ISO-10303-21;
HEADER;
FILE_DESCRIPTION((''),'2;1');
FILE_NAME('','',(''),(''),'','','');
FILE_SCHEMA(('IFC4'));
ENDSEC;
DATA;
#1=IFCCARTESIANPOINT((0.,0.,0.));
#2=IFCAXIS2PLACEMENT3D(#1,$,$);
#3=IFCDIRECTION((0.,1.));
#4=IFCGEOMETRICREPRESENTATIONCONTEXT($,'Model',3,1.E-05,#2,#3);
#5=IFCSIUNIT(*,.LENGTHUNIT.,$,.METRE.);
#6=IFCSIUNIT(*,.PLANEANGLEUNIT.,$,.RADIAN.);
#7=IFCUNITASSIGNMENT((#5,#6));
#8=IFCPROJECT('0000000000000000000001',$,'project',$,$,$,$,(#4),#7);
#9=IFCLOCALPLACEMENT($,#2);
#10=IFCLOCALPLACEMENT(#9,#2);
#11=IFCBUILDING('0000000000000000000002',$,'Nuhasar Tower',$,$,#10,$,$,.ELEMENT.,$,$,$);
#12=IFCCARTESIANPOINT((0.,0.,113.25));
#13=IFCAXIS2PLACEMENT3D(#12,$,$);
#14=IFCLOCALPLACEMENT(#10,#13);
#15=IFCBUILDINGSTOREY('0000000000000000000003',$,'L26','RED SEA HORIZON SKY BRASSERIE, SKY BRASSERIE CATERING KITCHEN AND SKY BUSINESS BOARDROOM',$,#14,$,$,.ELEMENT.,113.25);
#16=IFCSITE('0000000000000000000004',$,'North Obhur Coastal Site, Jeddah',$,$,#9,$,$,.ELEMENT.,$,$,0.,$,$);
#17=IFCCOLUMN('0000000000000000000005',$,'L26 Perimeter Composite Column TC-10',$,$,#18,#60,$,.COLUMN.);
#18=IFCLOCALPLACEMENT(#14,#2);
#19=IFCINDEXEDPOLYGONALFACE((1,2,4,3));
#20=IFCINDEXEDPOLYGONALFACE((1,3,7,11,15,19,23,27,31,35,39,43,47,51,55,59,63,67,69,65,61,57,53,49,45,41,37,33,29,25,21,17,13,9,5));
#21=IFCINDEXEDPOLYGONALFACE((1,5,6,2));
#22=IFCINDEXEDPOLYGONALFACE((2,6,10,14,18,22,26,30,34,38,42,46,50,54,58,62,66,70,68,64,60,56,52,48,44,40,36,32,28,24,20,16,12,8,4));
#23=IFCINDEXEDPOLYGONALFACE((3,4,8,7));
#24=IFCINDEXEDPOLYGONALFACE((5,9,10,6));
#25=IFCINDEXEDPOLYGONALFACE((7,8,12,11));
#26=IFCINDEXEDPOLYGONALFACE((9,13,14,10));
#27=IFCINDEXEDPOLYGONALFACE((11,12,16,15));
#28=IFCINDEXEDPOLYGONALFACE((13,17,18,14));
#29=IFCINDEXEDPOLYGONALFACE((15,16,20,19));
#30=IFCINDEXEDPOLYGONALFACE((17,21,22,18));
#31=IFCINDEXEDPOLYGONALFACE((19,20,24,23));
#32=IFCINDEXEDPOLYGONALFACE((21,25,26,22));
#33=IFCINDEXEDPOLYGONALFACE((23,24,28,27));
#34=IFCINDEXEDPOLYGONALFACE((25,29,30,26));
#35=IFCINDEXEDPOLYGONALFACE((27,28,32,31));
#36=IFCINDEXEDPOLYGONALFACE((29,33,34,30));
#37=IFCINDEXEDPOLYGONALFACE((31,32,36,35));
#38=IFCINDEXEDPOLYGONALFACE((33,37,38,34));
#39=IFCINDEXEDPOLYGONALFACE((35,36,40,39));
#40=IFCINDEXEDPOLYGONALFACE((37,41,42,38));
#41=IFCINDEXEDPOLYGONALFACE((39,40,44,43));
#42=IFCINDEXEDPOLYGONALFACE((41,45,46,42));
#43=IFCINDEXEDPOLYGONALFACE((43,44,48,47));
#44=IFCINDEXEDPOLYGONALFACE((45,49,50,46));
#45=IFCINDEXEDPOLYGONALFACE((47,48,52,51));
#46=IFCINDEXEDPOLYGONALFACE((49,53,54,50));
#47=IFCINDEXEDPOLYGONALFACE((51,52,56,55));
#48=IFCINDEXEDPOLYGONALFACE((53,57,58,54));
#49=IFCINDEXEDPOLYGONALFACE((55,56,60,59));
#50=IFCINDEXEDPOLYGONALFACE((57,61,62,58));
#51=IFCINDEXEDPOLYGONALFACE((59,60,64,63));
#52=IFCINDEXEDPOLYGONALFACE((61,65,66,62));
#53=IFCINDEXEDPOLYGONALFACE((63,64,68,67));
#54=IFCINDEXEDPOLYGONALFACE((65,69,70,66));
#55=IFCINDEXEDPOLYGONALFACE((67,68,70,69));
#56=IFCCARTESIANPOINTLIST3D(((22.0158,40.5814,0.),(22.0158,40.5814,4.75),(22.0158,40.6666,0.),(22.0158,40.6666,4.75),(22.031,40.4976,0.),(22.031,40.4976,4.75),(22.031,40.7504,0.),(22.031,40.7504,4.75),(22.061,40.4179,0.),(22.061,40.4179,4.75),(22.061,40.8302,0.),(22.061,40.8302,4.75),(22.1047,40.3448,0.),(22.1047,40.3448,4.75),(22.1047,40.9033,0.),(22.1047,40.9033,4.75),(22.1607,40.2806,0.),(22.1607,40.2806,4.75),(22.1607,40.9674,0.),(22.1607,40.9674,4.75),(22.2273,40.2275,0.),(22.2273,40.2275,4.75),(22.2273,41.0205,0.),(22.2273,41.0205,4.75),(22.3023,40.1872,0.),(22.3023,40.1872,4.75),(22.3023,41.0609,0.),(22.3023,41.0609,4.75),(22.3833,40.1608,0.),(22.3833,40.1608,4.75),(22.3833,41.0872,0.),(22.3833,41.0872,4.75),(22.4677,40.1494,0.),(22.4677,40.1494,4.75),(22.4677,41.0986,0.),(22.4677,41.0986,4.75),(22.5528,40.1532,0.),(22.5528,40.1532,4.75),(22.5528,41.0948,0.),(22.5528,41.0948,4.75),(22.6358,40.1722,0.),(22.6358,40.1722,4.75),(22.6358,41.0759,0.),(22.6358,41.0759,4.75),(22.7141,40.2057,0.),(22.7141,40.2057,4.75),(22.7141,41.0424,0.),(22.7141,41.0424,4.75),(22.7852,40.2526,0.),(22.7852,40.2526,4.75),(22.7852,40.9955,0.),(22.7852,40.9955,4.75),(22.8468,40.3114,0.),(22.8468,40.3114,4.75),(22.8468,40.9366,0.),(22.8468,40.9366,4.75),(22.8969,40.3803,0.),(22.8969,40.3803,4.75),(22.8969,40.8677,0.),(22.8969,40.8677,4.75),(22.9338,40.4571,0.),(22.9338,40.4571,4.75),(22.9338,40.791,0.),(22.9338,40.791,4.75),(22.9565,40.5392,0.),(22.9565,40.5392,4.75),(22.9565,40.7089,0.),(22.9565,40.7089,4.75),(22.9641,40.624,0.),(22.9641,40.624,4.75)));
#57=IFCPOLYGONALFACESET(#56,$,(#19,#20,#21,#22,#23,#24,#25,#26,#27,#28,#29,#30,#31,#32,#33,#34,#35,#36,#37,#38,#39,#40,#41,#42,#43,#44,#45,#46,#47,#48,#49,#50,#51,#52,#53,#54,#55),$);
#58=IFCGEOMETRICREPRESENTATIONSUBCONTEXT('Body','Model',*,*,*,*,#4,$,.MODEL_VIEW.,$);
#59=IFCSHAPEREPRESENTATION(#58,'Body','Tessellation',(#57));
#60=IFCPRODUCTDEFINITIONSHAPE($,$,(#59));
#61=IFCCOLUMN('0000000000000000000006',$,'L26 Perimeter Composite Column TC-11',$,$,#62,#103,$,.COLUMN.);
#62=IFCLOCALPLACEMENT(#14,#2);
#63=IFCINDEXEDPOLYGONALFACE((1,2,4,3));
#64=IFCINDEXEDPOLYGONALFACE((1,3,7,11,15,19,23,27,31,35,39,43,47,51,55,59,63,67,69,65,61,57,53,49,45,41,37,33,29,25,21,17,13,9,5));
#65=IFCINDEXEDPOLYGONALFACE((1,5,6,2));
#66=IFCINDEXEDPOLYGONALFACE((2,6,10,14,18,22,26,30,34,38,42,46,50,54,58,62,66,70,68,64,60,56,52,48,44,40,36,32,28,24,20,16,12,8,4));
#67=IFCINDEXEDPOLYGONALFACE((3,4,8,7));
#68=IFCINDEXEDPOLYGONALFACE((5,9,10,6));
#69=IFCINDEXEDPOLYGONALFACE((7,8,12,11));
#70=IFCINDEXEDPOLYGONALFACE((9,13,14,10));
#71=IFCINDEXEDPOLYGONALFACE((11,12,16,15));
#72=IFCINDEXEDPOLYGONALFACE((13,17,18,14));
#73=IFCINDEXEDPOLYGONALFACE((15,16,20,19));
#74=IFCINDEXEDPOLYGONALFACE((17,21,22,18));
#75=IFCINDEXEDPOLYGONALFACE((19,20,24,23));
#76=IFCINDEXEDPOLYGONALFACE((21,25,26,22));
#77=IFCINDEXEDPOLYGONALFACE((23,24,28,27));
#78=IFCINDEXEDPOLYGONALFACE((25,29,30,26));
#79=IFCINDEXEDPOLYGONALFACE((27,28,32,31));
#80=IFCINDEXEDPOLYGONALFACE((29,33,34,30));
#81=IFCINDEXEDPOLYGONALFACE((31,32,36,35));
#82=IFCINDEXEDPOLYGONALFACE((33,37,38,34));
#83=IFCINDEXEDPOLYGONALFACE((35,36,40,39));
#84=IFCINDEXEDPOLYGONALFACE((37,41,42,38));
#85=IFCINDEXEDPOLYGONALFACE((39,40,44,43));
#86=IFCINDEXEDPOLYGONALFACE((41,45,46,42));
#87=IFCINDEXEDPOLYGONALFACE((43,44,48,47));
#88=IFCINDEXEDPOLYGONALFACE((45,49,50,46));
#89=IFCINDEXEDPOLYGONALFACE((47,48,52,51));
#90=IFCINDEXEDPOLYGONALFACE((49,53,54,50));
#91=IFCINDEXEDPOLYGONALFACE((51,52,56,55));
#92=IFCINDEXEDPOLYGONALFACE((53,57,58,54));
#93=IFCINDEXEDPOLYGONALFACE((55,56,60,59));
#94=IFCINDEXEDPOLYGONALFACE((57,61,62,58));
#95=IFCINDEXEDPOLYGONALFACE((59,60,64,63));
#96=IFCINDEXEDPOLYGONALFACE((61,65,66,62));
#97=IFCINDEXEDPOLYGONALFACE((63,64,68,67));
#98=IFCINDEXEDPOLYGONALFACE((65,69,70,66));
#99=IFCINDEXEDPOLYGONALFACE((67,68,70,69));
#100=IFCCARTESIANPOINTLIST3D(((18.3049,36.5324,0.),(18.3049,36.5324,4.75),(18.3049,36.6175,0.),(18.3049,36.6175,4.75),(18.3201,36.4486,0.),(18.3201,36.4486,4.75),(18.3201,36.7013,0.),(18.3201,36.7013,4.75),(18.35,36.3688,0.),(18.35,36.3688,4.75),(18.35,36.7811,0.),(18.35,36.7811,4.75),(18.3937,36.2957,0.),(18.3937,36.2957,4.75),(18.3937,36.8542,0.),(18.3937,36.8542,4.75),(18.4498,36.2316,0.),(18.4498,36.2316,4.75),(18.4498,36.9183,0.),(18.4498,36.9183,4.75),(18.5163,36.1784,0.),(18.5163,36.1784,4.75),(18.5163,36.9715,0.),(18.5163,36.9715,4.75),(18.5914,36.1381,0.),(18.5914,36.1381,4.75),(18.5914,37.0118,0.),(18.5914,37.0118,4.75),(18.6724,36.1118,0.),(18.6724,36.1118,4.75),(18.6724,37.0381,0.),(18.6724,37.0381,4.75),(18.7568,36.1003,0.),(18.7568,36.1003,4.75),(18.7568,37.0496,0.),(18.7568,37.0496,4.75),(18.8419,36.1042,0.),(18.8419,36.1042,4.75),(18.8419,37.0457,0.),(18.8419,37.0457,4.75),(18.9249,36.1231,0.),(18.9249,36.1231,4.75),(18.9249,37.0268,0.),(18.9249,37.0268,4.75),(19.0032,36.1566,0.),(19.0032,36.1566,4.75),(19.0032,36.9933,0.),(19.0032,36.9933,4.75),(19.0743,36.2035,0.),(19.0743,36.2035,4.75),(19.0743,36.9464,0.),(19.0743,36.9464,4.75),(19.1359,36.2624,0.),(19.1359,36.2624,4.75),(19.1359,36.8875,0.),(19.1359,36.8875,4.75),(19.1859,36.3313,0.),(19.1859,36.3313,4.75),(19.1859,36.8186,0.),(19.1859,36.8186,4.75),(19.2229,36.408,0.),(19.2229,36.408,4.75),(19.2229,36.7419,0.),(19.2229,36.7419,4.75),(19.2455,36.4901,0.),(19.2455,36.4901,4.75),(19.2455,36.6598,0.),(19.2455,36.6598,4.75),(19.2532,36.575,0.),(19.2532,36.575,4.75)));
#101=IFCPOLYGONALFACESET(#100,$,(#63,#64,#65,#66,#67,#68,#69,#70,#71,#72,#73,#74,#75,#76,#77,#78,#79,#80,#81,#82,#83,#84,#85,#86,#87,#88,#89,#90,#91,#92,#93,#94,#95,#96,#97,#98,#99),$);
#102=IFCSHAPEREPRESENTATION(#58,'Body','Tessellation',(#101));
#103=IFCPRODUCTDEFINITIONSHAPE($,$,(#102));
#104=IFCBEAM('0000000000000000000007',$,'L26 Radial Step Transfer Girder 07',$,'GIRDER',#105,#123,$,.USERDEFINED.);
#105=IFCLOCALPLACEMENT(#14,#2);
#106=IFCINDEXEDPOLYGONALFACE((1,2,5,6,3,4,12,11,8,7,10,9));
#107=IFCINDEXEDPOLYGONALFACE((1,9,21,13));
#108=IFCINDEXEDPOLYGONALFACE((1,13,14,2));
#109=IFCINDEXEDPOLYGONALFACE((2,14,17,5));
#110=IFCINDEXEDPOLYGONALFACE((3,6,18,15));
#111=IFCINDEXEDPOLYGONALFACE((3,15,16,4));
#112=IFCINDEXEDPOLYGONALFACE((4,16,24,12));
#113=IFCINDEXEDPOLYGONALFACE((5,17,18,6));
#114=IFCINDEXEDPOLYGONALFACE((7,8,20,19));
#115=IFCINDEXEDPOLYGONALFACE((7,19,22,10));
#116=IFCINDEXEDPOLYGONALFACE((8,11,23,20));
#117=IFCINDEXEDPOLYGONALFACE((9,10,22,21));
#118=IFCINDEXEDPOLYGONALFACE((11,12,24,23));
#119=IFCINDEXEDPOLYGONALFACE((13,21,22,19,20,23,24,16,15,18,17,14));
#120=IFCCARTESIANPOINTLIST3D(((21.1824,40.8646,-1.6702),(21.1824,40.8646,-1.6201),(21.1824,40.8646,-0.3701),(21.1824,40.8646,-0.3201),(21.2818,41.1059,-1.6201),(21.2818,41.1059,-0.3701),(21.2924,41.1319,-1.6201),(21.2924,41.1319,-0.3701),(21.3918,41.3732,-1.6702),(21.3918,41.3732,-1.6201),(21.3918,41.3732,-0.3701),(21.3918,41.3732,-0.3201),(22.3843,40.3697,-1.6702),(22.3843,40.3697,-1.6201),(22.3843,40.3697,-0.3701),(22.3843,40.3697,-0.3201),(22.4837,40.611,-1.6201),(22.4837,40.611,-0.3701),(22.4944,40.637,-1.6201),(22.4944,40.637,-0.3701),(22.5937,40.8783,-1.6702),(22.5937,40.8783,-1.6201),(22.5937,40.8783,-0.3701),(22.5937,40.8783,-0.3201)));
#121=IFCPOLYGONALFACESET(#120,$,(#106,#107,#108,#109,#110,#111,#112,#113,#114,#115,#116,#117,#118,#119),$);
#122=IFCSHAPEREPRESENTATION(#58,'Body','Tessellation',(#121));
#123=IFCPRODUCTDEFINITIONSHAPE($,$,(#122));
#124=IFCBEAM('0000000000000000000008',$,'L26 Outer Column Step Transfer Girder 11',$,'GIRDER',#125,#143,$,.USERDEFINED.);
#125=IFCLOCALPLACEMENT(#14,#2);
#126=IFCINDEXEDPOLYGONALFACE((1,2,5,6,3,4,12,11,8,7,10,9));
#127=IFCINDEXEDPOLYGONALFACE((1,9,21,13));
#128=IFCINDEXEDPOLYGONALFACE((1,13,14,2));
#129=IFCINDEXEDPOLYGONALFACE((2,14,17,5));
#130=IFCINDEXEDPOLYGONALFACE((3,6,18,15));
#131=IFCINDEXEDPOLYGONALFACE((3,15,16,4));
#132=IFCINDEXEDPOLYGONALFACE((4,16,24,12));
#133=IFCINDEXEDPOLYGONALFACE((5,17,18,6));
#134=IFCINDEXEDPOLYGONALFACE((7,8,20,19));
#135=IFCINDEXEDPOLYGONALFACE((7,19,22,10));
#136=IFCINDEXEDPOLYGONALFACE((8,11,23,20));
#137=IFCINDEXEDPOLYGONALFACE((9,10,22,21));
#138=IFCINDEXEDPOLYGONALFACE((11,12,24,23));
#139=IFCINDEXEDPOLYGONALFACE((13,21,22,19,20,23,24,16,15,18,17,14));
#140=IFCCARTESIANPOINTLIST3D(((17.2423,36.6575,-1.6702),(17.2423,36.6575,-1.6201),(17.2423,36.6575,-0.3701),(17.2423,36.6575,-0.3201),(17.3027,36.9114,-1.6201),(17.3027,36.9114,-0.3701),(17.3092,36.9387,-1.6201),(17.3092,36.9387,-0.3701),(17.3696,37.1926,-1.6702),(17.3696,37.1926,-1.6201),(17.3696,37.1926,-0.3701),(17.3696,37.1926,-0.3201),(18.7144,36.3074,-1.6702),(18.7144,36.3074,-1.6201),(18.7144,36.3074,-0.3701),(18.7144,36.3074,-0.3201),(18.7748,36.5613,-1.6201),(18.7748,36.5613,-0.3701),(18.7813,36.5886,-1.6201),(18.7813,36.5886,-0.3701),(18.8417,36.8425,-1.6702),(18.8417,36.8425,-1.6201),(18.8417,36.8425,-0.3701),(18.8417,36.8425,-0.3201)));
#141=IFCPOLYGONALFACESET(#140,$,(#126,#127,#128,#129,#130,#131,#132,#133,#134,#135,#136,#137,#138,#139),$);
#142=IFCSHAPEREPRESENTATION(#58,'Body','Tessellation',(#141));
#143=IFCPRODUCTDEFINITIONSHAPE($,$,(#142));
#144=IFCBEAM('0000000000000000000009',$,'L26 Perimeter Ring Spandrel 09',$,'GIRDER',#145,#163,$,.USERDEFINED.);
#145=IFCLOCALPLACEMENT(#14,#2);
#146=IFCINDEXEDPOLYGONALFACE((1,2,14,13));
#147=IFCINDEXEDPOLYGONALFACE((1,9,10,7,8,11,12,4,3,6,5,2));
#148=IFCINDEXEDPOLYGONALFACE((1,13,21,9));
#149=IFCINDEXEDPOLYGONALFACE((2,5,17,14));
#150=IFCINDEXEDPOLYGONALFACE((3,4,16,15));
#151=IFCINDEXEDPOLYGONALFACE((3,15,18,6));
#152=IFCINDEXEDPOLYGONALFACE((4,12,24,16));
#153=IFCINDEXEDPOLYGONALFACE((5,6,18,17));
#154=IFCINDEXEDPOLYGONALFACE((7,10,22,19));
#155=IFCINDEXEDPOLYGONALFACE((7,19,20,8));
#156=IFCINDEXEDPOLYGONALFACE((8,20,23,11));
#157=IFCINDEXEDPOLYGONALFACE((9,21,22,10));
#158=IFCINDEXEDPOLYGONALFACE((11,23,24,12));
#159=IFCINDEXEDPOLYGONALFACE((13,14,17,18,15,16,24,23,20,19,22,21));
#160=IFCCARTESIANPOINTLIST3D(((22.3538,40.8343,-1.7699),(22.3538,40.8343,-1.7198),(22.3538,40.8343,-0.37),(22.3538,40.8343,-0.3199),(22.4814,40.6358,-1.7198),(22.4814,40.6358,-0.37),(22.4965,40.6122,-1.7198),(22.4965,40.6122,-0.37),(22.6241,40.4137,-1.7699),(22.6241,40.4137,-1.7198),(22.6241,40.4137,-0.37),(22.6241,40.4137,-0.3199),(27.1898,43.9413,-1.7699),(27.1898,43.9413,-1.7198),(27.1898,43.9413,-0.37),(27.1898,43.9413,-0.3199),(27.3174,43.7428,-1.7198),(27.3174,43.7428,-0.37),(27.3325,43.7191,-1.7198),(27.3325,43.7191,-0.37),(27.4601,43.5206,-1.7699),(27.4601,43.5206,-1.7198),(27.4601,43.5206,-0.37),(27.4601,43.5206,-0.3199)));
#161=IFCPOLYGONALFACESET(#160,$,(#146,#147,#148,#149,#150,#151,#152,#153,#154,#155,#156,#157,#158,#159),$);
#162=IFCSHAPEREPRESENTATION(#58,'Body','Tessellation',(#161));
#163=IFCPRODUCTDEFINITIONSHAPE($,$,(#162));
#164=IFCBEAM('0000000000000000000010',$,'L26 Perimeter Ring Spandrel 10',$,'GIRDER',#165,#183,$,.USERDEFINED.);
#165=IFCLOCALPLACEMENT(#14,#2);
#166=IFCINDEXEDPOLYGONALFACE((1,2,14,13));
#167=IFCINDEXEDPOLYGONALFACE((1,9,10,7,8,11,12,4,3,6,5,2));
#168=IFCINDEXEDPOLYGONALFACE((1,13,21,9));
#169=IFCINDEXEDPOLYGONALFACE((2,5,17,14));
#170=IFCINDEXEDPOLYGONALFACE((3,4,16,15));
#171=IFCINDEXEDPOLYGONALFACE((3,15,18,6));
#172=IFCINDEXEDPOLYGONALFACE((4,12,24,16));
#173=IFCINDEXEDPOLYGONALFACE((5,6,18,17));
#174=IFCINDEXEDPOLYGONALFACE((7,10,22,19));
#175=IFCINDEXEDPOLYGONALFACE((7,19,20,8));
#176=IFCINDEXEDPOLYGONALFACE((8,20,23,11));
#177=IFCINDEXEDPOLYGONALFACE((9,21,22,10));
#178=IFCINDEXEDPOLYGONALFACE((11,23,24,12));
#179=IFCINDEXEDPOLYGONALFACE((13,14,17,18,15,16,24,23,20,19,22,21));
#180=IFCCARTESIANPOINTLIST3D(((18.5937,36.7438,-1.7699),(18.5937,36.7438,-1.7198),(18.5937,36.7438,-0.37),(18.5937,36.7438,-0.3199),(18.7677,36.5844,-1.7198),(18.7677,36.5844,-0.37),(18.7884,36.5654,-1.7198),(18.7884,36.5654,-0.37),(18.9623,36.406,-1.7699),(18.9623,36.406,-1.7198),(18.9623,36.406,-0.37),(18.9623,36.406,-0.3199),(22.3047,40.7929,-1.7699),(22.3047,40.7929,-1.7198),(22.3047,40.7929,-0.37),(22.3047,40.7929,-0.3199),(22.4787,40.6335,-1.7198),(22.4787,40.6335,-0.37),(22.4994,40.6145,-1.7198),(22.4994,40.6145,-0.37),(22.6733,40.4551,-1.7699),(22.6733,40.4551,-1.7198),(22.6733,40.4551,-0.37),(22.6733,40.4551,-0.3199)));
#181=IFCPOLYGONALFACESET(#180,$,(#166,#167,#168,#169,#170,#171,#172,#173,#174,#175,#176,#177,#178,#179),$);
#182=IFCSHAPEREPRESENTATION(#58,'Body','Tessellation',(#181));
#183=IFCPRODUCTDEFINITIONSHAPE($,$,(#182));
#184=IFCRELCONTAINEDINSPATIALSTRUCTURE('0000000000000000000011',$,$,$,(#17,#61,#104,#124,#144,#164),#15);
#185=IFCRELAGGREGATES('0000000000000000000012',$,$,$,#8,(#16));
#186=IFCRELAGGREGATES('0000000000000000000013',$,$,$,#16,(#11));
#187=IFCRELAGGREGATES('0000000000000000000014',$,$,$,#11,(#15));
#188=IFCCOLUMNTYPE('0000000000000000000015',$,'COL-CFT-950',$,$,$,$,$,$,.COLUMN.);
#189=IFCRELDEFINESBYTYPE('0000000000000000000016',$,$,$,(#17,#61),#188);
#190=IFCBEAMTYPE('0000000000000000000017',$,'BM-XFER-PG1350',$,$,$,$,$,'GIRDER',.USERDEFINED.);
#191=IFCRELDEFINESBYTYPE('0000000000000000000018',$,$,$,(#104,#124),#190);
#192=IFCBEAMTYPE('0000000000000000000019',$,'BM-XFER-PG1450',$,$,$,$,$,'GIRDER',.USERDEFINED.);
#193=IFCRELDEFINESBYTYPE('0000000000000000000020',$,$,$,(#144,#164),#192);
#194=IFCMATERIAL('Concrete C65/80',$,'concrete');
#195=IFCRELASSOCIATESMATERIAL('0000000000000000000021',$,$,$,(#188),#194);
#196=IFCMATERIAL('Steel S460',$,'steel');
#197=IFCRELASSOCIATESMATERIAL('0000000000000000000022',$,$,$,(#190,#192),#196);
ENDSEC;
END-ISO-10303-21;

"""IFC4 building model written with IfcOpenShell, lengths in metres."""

from ifc_helpers import new_model, si_unit, direction, frame, origin, origin_2d, place, context, subcontext, project, spatial, circle, i_section, extrude, material, material_profile, profile_set, type_object, element, save


model = new_model("IFC4")

# Units and contexts
model_context = context("Model", 3, precision=1e-05, world=origin(), true_north=direction((0.0, 1.0)))
body_context = subcontext(model_context, "Body", "Model", "MODEL_VIEW")
ifc_project = project(units=[si_unit("LENGTHUNIT", "METRE"), si_unit("PLANEANGLEUNIT", "RADIAN")], contexts=[model_context])

# Site, building, storey
site_placement = place(None, origin())
site = spatial("IfcSite", under=ifc_project, at=site_placement, Name="North Obhur Coastal Site, Jeddah", CompositionType="ELEMENT", RefElevation=0.0)
building_placement = place(site_placement, origin())
building = spatial("IfcBuilding", under=site, at=building_placement, Name="Nuhasar Tower", CompositionType="ELEMENT")
storey_placement = place(building_placement, frame((0.0, 0.0, 113.25)))
storey = spatial("IfcBuildingStorey", under=building, at=storey_placement, Name="L26", Description="RED SEA HORIZON SKY BRASSERIE, SKY BRASSERIE CATERING KITCHEN AND SKY BUSINESS BOARDROOM", CompositionType="ELEMENT", Elevation=113.25)

# Columns
ifc_material_1 = material(Name="Concrete C65/80", Category="concrete")
ifc_material_profile_1 = material_profile(ifc_material_1, circle(Radius=0.4751, at=origin_2d()), Name="CFT950")
ifc_profile_set_1 = profile_set([ifc_material_profile_1], Name="Concrete C65/80")
column_type = type_object("IfcColumnType", Name="COL-CFT-950", PredefinedType="COLUMN", material=ifc_profile_set_1)
for number, where, z_axis, x_axis, name in (
    (1, (22.489, 40.624, 0.0), (0.0, 0.0, 1.0), (1.0, 0.0, 0.0), "L26 Perimeter Composite Column TC-10"),
    (2, (18.7781, 36.575, 0.0), (0.0, 0.0, 1.0), (1.0, 0.0, 0.0), "L26 Perimeter Composite Column TC-11"),
):
    element("IfcColumn", number, at=place(storey_placement, frame(where, z_axis=z_axis, x_axis=x_axis)), inside=storey, type_object=column_type, Name=name, PredefinedType="COLUMN", context=body_context, shape_type="SweptSolid", body=[
        extrude(circle(Radius=0.4751, at=origin_2d()), origin(), (0.0, 0.0, 1.0), 4.75),
    ])

# Beams
ifc_material_2 = material(Name="Steel S460", Category="steel")
ifc_material_profile_2 = material_profile(ifc_material_2, i_section(OverallWidth=0.55, OverallDepth=1.3501, WebThickness=0.0281, FlangeThickness=0.05, at=origin_2d()), Name="PG1350X550")
ifc_profile_set_2 = profile_set([ifc_material_profile_2], Name="Steel S460")
beam_type_1 = type_object("IfcBeamType", Name="BM-XFER-PG1350", ElementType="GIRDER", PredefinedType="USERDEFINED", material=ifc_profile_set_2)
beam_1_placement = place(storey_placement, frame((22.489, 40.624, -0.9951), z_axis=(-0.924686, 0.380731, 0.0), x_axis=(-0.380731, -0.924686, 0.0)))
element("IfcBeam", 3, at=beam_1_placement, inside=storey, type_object=beam_type_1, Name="L26 Radial Step Transfer Girder 07", ObjectType="GIRDER", PredefinedType="USERDEFINED", context=body_context, shape_type="SweptSolid", body=[
    extrude(i_section(OverallWidth=0.55, OverallDepth=1.3501, WebThickness=0.0281, FlangeThickness=0.05, at=origin_2d()), origin(), (0.0, 0.0, 1.0), 1.2998),
])
beam_2_placement = place(storey_placement, frame((18.7781, 36.575, -0.9951), z_axis=(-0.972868, 0.231359, 0.0), x_axis=(-0.231359, -0.972868, 0.0)))
element("IfcBeam", 4, at=beam_2_placement, inside=storey, type_object=beam_type_1, Name="L26 Outer Column Step Transfer Girder 11", ObjectType="GIRDER", PredefinedType="USERDEFINED", context=body_context, shape_type="SweptSolid", body=[
    extrude(i_section(OverallWidth=0.55, OverallDepth=1.3501, WebThickness=0.0281, FlangeThickness=0.05, at=origin_2d()), origin(), (0.0, 0.0, 1.0), 1.5132),
])
ifc_material_profile_3 = material_profile(ifc_material_2, i_section(OverallWidth=0.5, OverallDepth=1.45, WebThickness=0.0281, FlangeThickness=0.05, at=origin_2d()), Name="PG1450X500")
ifc_profile_set_3 = profile_set([ifc_material_profile_3], Name="Steel S460")
beam_type_2 = type_object("IfcBeamType", Name="BM-XFER-PG1450", ElementType="GIRDER", PredefinedType="USERDEFINED", material=ifc_profile_set_3)
beam_3_placement = place(storey_placement, frame((27.325, 43.731, -1.0449), z_axis=(-0.841327, -0.540526, 0.0), x_axis=(0.540526, -0.841327, 0.0)))
element("IfcBeam", 5, at=beam_3_placement, inside=storey, type_object=beam_type_2, Name="L26 Perimeter Ring Spandrel 09", ObjectType="GIRDER", PredefinedType="USERDEFINED", context=body_context, shape_type="SweptSolid", body=[
    extrude(i_section(OverallWidth=0.5, OverallDepth=1.45, WebThickness=0.0281, FlangeThickness=0.05, at=origin_2d()), origin(), (0.0, 0.0, 1.0), 5.748),
])
beam_4_placement = place(storey_placement, frame((22.489, 40.624, -1.0449), z_axis=(-0.675654, -0.737219, 0.0), x_axis=(0.737219, -0.675654, 0.0)))
element("IfcBeam", 6, at=beam_4_placement, inside=storey, type_object=beam_type_2, Name="L26 Perimeter Ring Spandrel 10", ObjectType="GIRDER", PredefinedType="USERDEFINED", context=body_context, shape_type="SweptSolid", body=[
    extrude(i_section(OverallWidth=0.5, OverallDepth=1.45, WebThickness=0.0281, FlangeThickness=0.05, at=origin_2d()), origin(), (0.0, 0.0, 1.0), 5.4924),
])

save(model, "model.ifc")
